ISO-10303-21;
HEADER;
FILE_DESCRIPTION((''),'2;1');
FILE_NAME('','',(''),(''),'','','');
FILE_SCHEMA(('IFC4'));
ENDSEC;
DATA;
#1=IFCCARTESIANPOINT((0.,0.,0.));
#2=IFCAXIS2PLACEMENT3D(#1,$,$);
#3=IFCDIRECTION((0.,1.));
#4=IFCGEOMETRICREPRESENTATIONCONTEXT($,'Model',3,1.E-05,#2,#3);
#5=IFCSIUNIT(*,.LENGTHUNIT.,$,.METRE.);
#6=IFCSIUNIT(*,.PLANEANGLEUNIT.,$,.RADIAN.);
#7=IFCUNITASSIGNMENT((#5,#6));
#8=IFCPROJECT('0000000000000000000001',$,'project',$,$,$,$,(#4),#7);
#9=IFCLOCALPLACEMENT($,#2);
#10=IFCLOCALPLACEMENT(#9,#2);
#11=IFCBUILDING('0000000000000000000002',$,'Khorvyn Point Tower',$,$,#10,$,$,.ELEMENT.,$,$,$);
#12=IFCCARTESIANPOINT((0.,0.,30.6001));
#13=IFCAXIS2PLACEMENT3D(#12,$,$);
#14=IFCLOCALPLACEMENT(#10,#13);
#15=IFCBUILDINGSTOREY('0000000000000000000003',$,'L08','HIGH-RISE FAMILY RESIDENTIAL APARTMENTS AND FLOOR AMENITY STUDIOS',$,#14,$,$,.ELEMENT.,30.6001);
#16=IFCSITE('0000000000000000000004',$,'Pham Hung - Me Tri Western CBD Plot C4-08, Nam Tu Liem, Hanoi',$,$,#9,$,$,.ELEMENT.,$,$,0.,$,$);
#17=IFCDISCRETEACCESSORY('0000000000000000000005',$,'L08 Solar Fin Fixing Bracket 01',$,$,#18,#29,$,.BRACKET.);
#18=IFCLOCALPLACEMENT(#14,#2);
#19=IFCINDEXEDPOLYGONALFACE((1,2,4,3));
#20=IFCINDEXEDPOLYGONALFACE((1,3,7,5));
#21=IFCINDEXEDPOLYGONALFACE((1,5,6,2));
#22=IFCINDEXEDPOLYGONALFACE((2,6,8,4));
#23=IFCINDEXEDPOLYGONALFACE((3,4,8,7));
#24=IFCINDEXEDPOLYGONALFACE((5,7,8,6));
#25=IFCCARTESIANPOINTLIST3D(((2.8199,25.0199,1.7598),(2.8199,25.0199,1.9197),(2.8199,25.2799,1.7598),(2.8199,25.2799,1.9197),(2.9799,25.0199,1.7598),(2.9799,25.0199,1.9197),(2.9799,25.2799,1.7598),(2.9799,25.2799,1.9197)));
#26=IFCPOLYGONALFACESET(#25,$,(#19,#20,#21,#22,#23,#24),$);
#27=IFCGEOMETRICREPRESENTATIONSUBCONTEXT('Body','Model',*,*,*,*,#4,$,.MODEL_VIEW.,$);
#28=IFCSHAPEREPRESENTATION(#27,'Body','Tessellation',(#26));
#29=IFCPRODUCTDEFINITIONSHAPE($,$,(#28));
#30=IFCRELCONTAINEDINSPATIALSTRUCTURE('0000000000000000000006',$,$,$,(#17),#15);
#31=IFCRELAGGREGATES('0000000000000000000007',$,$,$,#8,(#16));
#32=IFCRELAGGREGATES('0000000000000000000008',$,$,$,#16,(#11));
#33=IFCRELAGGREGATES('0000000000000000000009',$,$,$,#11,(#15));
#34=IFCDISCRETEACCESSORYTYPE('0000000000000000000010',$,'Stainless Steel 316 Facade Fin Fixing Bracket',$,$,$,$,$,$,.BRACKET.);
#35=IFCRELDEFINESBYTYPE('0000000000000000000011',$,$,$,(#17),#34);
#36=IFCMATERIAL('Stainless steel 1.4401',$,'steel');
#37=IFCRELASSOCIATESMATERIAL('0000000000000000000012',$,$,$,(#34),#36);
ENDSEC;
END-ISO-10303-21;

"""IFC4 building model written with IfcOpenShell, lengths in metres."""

from ifc_helpers import new_model, si_unit, direction, frame, origin, origin_2d, place, context, subcontext, project, spatial, rectangle, extrude, material, type_object, element, save


model = new_model("IFC4")

# Units and contexts
model_context = context("Model", 3, precision=1e-05, world=origin(), true_north=direction((0.0, 1.0)))
body_context = subcontext(model_context, "Body", "Model", "MODEL_VIEW")
ifc_project = project(units=[si_unit("LENGTHUNIT", "METRE"), si_unit("PLANEANGLEUNIT", "RADIAN")], contexts=[model_context])

# Site, building, storey
site_placement = place(None, origin())
site = spatial("IfcSite", under=ifc_project, at=site_placement, Name="Pham Hung - Me Tri Western CBD Plot C4-08, Nam Tu Liem, Hanoi", CompositionType="ELEMENT", RefElevation=0.0)
building_placement = place(site_placement, origin())
building = spatial("IfcBuilding", under=site, at=building_placement, Name="Khorvyn Point Tower", CompositionType="ELEMENT")
storey_placement = place(building_placement, frame((0.0, 0.0, 30.6001)))
storey = spatial("IfcBuildingStorey", under=building, at=storey_placement, Name="L08", Description="HIGH-RISE FAMILY RESIDENTIAL APARTMENTS AND FLOOR AMENITY STUDIOS", CompositionType="ELEMENT", Elevation=30.6001)

# Discrete accessory
ifc_material_1 = material(Name="Stainless steel 1.4401", Category="steel")
discrete_accessory_type = type_object("IfcDiscreteAccessoryType", Name="Stainless Steel 316 Facade Fin Fixing Bracket", PredefinedType="BRACKET", material=ifc_material_1)
discrete_accessory_placement = place(storey_placement, frame((2.8999, 25.1499, 1.7598), z_axis=(0.0, 0.0, 1.0), x_axis=(1.0, 0.0, 0.0)))
element("IfcDiscreteAccessory", 1, at=discrete_accessory_placement, inside=storey, type_object=discrete_accessory_type, Name="L08 Solar Fin Fixing Bracket 01", PredefinedType="BRACKET", context=body_context, shape_type="SweptSolid", body=[
    extrude(rectangle(XDim=0.1599, YDim=0.26, at=origin_2d()), origin(), (0.0, 0.0, 1.0), 0.1599),
])

save(model, "model.ifc")
